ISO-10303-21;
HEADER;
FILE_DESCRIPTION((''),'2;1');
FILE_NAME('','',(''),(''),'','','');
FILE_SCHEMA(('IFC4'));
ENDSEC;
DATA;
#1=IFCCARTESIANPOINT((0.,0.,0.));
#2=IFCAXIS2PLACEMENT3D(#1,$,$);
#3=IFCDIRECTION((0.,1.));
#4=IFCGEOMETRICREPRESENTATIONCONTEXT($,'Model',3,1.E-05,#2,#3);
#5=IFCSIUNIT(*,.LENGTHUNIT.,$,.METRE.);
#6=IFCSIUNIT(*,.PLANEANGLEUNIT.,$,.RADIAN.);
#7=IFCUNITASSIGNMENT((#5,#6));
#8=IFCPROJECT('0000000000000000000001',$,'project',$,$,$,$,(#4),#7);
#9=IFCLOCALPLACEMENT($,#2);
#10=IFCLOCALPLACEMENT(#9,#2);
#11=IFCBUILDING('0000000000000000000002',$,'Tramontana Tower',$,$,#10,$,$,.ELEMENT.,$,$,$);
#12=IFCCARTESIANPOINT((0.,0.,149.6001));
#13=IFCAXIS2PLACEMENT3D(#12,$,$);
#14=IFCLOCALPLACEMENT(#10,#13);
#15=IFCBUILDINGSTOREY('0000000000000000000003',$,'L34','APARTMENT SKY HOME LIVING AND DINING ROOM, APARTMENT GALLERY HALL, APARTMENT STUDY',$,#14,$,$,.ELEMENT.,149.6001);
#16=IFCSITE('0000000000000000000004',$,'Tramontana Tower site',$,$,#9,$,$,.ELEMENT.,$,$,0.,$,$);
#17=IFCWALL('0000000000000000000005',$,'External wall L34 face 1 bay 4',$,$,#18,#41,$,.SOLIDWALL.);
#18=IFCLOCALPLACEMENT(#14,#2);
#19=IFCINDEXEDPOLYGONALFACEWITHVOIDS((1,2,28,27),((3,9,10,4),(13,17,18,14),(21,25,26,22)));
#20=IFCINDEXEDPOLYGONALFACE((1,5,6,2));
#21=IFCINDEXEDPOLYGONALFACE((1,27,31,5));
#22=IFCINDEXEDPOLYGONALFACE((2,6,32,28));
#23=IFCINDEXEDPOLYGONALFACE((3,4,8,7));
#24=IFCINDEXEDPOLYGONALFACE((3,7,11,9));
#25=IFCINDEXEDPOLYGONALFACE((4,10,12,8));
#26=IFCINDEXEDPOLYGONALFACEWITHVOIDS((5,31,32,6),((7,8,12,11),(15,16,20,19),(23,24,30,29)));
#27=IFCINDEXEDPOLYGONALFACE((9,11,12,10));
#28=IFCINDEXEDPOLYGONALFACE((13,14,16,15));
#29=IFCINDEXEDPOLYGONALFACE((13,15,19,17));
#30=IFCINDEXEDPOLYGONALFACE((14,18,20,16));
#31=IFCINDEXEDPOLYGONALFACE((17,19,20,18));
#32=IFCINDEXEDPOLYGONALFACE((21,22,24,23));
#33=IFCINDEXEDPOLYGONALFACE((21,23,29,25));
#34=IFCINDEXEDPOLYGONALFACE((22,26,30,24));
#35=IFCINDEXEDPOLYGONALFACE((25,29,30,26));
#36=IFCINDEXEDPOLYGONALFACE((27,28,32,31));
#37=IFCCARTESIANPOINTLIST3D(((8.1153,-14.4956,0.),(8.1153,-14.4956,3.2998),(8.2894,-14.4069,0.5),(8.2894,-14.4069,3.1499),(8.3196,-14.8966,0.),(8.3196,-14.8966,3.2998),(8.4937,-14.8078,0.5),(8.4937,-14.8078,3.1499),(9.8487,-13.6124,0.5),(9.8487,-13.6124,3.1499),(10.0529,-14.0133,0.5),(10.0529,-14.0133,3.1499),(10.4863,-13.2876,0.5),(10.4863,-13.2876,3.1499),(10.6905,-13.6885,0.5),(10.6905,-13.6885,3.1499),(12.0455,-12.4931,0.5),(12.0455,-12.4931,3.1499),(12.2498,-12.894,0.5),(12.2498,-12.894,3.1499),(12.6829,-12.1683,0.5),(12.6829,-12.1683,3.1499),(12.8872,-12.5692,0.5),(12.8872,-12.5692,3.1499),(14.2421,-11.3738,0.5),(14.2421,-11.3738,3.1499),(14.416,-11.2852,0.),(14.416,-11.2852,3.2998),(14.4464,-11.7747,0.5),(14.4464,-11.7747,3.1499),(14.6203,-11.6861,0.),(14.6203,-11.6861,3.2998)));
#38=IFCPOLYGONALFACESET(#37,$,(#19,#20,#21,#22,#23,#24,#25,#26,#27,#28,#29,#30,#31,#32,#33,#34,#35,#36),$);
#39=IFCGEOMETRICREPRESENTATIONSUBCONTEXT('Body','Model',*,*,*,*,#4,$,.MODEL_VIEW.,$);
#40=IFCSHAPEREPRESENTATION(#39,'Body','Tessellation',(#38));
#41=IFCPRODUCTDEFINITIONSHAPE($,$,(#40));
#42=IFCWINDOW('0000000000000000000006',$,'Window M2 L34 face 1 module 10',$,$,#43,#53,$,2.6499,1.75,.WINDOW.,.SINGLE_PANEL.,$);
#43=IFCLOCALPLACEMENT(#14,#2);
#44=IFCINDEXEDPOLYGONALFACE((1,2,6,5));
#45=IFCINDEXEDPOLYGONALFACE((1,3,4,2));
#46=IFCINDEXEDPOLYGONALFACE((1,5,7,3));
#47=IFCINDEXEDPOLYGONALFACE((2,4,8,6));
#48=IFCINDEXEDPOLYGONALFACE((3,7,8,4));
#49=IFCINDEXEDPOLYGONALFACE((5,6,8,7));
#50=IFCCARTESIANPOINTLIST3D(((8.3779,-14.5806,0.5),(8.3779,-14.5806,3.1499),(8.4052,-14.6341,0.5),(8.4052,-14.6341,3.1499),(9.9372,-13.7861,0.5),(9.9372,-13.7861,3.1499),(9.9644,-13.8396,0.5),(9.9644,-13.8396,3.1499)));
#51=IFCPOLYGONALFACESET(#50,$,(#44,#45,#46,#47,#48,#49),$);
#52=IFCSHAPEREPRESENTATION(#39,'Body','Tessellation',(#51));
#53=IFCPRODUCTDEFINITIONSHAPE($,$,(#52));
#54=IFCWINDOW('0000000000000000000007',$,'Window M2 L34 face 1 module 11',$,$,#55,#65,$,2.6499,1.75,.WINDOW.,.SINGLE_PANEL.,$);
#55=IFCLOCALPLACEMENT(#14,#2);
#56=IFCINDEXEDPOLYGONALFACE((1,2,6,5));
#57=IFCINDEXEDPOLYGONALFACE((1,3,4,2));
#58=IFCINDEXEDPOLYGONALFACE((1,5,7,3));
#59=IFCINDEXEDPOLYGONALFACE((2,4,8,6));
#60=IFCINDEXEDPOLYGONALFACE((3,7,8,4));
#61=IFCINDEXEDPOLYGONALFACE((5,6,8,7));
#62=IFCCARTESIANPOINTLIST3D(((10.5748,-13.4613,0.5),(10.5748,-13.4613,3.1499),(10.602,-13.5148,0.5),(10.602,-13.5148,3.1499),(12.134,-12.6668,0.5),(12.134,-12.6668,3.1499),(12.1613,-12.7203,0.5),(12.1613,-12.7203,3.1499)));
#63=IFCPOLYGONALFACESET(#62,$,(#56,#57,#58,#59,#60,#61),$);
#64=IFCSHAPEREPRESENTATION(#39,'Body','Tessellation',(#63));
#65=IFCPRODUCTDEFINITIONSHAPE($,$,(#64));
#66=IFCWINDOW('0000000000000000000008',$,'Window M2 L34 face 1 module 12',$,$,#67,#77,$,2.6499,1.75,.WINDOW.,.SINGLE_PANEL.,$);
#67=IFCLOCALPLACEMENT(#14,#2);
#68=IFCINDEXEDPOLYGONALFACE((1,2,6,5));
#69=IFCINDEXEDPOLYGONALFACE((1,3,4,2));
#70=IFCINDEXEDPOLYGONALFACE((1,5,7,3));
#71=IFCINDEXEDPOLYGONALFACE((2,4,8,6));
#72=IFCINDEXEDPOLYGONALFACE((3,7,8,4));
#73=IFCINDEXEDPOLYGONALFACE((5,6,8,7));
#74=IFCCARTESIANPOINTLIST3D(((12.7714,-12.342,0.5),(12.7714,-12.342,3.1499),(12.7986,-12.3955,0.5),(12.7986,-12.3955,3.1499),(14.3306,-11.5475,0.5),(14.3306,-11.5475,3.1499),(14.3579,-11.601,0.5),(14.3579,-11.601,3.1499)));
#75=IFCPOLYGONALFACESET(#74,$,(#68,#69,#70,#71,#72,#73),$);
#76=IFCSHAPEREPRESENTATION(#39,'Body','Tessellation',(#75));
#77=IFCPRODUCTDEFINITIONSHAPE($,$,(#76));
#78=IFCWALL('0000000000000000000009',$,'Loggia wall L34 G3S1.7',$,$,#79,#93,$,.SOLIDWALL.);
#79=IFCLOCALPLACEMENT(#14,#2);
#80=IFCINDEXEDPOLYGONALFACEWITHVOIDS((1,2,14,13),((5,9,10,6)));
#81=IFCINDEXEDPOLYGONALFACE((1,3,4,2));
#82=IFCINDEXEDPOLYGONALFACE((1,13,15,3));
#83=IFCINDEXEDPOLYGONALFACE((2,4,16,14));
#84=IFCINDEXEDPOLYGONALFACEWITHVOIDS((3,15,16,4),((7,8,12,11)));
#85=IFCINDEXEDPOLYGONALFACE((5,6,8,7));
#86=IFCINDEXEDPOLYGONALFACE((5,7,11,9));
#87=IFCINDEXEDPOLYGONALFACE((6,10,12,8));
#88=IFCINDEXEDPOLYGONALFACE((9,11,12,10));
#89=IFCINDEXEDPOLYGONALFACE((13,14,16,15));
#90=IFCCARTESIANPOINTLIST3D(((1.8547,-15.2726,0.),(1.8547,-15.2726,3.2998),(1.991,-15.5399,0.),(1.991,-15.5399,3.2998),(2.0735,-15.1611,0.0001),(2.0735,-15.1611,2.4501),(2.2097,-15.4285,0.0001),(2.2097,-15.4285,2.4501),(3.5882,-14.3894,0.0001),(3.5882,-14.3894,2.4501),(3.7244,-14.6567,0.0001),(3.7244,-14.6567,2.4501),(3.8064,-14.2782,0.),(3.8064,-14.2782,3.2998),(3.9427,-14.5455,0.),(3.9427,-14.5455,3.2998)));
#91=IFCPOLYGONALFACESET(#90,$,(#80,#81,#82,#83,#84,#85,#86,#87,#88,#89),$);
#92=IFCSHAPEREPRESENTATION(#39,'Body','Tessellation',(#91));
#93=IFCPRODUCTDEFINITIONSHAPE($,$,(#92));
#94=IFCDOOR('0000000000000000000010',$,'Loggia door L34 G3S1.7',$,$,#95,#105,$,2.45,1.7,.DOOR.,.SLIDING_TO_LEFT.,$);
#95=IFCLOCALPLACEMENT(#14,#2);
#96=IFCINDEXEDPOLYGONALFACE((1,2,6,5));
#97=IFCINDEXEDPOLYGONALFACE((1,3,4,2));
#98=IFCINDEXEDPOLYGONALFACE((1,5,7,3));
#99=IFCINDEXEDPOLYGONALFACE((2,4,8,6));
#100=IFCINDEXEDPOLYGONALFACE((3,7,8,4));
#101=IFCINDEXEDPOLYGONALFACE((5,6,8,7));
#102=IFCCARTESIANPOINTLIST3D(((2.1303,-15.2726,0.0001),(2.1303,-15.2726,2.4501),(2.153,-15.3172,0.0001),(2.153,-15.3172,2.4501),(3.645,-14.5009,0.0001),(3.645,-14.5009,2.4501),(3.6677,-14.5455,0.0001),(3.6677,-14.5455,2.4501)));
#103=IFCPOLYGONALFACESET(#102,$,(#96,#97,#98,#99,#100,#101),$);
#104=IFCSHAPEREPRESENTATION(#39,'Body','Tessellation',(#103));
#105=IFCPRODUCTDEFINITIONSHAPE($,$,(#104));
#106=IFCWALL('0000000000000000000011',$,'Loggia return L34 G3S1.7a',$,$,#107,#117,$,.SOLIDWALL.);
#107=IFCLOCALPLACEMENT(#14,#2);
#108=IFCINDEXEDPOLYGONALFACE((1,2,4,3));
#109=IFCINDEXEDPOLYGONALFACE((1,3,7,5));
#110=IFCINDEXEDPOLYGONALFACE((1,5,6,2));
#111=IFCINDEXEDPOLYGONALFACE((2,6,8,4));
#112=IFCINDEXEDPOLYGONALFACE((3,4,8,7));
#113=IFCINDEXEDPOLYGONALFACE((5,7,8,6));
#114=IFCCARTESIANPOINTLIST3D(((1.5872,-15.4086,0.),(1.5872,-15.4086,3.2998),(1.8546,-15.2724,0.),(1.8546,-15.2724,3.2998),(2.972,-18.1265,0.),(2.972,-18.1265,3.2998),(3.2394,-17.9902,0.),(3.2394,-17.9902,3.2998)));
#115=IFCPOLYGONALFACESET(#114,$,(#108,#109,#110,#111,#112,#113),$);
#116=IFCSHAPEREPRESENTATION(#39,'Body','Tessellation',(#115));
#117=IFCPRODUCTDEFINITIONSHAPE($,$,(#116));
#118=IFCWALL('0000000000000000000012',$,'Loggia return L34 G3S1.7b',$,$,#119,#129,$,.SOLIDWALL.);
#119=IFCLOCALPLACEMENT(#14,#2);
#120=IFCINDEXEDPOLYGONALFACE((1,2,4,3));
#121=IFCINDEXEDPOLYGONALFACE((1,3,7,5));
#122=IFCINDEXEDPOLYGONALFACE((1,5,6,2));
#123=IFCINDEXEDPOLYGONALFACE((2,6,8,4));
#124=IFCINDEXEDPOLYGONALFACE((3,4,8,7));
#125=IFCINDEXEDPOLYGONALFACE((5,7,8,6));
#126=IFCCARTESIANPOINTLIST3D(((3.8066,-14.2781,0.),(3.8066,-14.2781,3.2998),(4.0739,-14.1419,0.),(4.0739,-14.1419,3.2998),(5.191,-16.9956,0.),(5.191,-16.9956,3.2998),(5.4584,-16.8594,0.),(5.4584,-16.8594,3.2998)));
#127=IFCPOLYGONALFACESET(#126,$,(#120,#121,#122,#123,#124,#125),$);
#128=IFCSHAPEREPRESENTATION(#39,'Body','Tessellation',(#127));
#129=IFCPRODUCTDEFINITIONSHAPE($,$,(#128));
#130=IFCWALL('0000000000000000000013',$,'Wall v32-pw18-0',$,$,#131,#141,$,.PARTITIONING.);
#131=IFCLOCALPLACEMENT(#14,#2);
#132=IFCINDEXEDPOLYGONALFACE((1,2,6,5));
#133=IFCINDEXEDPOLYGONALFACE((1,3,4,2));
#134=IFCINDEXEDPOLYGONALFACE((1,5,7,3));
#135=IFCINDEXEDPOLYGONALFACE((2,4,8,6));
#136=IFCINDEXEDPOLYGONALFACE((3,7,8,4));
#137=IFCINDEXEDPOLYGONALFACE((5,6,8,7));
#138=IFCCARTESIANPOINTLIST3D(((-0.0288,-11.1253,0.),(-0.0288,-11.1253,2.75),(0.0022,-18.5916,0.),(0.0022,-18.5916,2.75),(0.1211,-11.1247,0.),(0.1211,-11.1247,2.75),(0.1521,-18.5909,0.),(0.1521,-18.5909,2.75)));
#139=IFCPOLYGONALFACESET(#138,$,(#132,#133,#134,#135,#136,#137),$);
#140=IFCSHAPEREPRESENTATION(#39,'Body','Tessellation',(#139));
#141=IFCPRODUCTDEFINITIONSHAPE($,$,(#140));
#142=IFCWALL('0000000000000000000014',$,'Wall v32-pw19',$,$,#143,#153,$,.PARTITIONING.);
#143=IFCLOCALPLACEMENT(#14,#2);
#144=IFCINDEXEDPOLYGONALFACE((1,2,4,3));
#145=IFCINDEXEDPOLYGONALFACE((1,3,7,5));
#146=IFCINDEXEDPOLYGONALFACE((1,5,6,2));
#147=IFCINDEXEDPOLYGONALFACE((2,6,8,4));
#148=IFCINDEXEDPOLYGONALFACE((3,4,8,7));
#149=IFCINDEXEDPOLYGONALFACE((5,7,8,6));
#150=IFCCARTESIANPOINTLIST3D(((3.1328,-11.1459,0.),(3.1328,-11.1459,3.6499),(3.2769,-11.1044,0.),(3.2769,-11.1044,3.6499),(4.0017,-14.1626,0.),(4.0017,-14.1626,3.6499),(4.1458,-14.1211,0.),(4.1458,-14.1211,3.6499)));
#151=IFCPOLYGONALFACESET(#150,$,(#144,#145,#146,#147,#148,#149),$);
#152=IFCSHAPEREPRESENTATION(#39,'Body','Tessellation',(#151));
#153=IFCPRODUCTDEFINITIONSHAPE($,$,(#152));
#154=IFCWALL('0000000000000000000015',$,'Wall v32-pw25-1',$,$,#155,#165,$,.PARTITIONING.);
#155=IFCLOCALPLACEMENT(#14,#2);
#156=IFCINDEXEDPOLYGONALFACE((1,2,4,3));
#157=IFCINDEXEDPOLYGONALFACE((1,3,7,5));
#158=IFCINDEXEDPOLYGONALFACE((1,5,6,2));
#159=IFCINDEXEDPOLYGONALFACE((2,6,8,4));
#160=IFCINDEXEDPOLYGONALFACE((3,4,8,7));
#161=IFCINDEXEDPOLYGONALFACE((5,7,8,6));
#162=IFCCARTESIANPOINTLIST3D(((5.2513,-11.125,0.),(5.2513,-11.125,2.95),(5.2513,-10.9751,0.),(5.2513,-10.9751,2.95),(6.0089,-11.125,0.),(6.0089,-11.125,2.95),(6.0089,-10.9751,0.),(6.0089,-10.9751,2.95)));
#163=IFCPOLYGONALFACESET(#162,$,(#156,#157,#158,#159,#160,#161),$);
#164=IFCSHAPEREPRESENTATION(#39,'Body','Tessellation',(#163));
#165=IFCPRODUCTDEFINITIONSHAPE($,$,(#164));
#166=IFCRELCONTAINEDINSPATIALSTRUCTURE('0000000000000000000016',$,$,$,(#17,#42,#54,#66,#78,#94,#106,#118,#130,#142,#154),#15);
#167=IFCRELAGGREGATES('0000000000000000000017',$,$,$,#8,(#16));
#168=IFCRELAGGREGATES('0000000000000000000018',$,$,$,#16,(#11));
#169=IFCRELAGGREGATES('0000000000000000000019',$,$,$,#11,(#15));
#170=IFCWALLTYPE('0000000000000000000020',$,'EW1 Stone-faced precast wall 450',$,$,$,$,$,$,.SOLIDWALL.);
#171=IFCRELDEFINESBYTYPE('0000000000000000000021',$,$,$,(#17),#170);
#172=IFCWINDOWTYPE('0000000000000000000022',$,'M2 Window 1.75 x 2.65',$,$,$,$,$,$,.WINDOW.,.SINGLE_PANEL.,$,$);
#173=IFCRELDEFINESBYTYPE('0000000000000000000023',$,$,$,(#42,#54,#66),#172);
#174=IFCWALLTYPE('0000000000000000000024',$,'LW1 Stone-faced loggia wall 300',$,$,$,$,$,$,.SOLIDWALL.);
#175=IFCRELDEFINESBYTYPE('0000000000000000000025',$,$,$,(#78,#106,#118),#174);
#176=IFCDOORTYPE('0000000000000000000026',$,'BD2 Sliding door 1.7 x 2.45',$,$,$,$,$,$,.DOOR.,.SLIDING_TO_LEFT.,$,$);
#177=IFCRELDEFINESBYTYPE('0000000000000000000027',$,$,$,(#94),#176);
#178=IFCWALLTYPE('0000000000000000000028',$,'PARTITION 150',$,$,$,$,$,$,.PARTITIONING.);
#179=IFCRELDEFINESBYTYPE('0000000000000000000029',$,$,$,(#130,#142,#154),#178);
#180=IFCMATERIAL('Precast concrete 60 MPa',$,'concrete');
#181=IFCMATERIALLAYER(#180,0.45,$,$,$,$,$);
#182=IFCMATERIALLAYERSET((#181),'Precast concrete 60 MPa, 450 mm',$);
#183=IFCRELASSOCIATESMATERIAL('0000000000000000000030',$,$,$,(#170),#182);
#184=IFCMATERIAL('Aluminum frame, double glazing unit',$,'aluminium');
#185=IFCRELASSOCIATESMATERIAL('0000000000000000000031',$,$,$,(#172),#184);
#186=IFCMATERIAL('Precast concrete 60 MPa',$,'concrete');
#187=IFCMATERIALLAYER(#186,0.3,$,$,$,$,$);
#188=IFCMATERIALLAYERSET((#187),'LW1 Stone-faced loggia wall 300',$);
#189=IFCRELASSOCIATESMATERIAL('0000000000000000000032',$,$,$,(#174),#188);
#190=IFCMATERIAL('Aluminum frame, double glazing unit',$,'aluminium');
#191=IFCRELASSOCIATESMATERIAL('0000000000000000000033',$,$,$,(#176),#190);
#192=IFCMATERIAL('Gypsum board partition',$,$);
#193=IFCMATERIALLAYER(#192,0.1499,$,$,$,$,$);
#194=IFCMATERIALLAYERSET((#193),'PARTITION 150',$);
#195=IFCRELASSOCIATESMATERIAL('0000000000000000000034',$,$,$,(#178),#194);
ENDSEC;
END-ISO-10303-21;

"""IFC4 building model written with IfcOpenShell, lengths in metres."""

from ifc_helpers import new_model, si_unit, direction, frame, frame_2d, origin, place, context, subcontext, project, spatial, rectangle, extrude, material, layer, layer_set, type_object, element, fill, save


model = new_model("IFC4")

# Units and contexts
model_context = context("Model", 3, precision=1e-05, world=origin(), true_north=direction((0.0, 1.0)))
body_context = subcontext(model_context, "Body", "Model", "MODEL_VIEW")
ifc_project = project(units=[si_unit("LENGTHUNIT", "METRE"), si_unit("PLANEANGLEUNIT", "RADIAN")], contexts=[model_context])

# Site, building, storey
site_placement = place(None, origin())
site = spatial("IfcSite", under=ifc_project, at=site_placement, Name="Tramontana Tower site", CompositionType="ELEMENT", RefElevation=0.0)
building_placement = place(site_placement, origin())
building = spatial("IfcBuilding", under=site, at=building_placement, Name="Tramontana Tower", CompositionType="ELEMENT")
storey_placement = place(building_placement, frame((0.0, 0.0, 149.6001)))
storey = spatial("IfcBuildingStorey", under=building, at=storey_placement, Name="L34", Description="APARTMENT SKY HOME LIVING AND DINING ROOM, APARTMENT GALLERY HALL, APARTMENT STUDY", CompositionType="ELEMENT", Elevation=149.6001)

# Shared definitions
ifc_material_1 = material(Name="Precast concrete 60 MPa", Category="concrete")
ifc_layer_1 = layer(ifc_material_1, 0.45)
ifc_layer_set_1 = layer_set([ifc_layer_1], Name="Precast concrete 60 MPa, 450 mm")
wall_type_1 = type_object("IfcWallType", Name="EW1 Stone-faced precast wall 450", PredefinedType="SOLIDWALL", material=ifc_layer_set_1)
ifc_material_2 = material(Name="Aluminum frame, double glazing unit", Category="aluminium")
window_type = type_object("IfcWindowType", Name="M2 Window 1.75 x 2.65", PartitioningType="SINGLE_PANEL", PredefinedType="WINDOW", material=ifc_material_2)

# Wall, openings, windows
wall_1_placement = place(storey_placement, frame((8.2175, -14.696, 0.0), z_axis=(0.0, 0.0, 1.0), x_axis=(0.891004, 0.453995, 0.0)))
wall_1 = element("IfcWall", 1, at=wall_1_placement, inside=storey, type_object=wall_type_1, Name="External wall L34 face 1 bay 4", PredefinedType="SOLIDWALL", context=body_context, shape_type="SweptSolid", body=[
    extrude(rectangle(XDim=7.0715, YDim=0.45, at=frame_2d((3.5356, 0.0))), origin(), (0.0, 0.0, 1.0), 3.2998),
])
opening_1_placement = place(wall_1_placement, frame((0.1953, 0.0, 0.5)))
opening_1 = element("IfcOpeningElement", 2, at=opening_1_placement, cuts=wall_1, PredefinedType="OPENING", context=body_context, shape_type="SweptSolid", body=[
    extrude(rectangle(XDim=1.75, YDim=2.6499, at=frame_2d((0.875, 1.325))), frame((0.0, 0.2349, 0.0), z_axis=(0.0, -1.0, 0.0), x_axis=(1.0, 0.0, 0.0)), (0.0, 0.0, 1.0), 0.47),
])
opening_2_placement = place(wall_1_placement, frame((2.6609, 0.0, 0.5)))
opening_2 = element("IfcOpeningElement", 3, at=opening_2_placement, cuts=wall_1, PredefinedType="OPENING", context=body_context, shape_type="SweptSolid", body=[
    extrude(rectangle(XDim=1.75, YDim=2.6499, at=frame_2d((0.875, 1.325))), frame((0.0, 0.2349, 0.0), z_axis=(0.0, -1.0, 0.0), x_axis=(1.0, 0.0, 0.0)), (0.0, 0.0, 1.0), 0.47),
])
opening_3_placement = place(wall_1_placement, frame((5.1262, 0.0, 0.5)))
opening_3 = element("IfcOpeningElement", 4, at=opening_3_placement, cuts=wall_1, PredefinedType="OPENING", context=body_context, shape_type="SweptSolid", body=[
    extrude(rectangle(XDim=1.75, YDim=2.6499, at=frame_2d((0.875, 1.325))), frame((0.0, 0.2349, 0.0), z_axis=(0.0, -1.0, 0.0), x_axis=(1.0, 0.0, 0.0)), (0.0, 0.0, 1.0), 0.47),
])
window_1_placement = place(opening_1_placement, origin())
window_1 = element("IfcWindow", 5, at=window_1_placement, inside=storey, type_object=window_type, Name="Window M2 L34 face 1 module 10", OverallHeight=2.6499, OverallWidth=1.75, PartitioningType="SINGLE_PANEL", PredefinedType="WINDOW", context=body_context, shape_type="SweptSolid", body=[
    extrude(rectangle(XDim=1.75, YDim=2.6499, at=frame_2d((0.875, 1.325))), frame((0.0, 0.03, 0.0), z_axis=(0.0, -1.0, 0.0), x_axis=(1.0, 0.0, 0.0)), (0.0, 0.0, 1.0), 0.0601),
])
fill(opening_1, window_1)
window_2_placement = place(opening_2_placement, origin())
window_2 = element("IfcWindow", 6, at=window_2_placement, inside=storey, type_object=window_type, Name="Window M2 L34 face 1 module 11", OverallHeight=2.6499, OverallWidth=1.75, PartitioningType="SINGLE_PANEL", PredefinedType="WINDOW", context=body_context, shape_type="SweptSolid", body=[
    extrude(rectangle(XDim=1.75, YDim=2.6499, at=frame_2d((0.875, 1.325))), frame((0.0, 0.03, 0.0), z_axis=(0.0, -1.0, 0.0), x_axis=(1.0, 0.0, 0.0)), (0.0, 0.0, 1.0), 0.0601),
])
fill(opening_2, window_2)
window_3_placement = place(opening_3_placement, origin())
window_3 = element("IfcWindow", 7, at=window_3_placement, inside=storey, type_object=window_type, Name="Window M2 L34 face 1 module 12", OverallHeight=2.6499, OverallWidth=1.75, PartitioningType="SINGLE_PANEL", PredefinedType="WINDOW", context=body_context, shape_type="SweptSolid", body=[
    extrude(rectangle(XDim=1.75, YDim=2.6499, at=frame_2d((0.875, 1.325))), frame((0.0, 0.03, 0.0), z_axis=(0.0, -1.0, 0.0), x_axis=(1.0, 0.0, 0.0)), (0.0, 0.0, 1.0), 0.0601),
])
fill(opening_3, window_3)

# Wall, opening, door
ifc_material_3 = material(Name="Precast concrete 60 MPa", Category="concrete")
ifc_layer_2 = layer(ifc_material_3, 0.3)
ifc_layer_set_2 = layer_set([ifc_layer_2], Name="LW1 Stone-faced loggia wall 300")
wall_type_2 = type_object("IfcWallType", Name="LW1 Stone-faced loggia wall 300", PredefinedType="SOLIDWALL", material=ifc_layer_set_2)
wall_2_placement = place(storey_placement, frame((1.9229, -15.4062, 0.0), z_axis=(0.0, 0.0, 1.0), x_axis=(0.891013, 0.453978, 0.0)))
wall_2 = element("IfcWall", 8, at=wall_2_placement, inside=storey, type_object=wall_type_2, Name="Loggia wall L34 G3S1.7", PredefinedType="SOLIDWALL", context=body_context, shape_type="SweptSolid", body=[
    extrude(rectangle(XDim=2.1904, YDim=0.3, at=frame_2d((1.0952, 0.0))), origin(), (0.0, 0.0, 1.0), 3.2998),
])
opening_4_placement = place(wall_2_placement, frame((0.2454, 0.0, 0.0)))
opening_4 = element("IfcOpeningElement", 9, at=opening_4_placement, cuts=wall_2, PredefinedType="OPENING", context=body_context, shape_type="SweptSolid", body=[
    extrude(rectangle(XDim=1.7, YDim=2.45, at=frame_2d((0.8501, 1.2251))), frame((0.0, 0.1599, 0.0), z_axis=(0.0, -1.0, 0.0), x_axis=(1.0, 0.0, 0.0)), (0.0, 0.0, 1.0), 0.3201),
])
ifc_material_4 = material(Name="Aluminum frame, double glazing unit", Category="aluminium")
door_type_1 = type_object("IfcDoorType", Name="BD2 Sliding door 1.7 x 2.45", OperationType="SLIDING_TO_LEFT", PredefinedType="DOOR", material=ifc_material_4)
door_1_placement = place(opening_4_placement, origin())
door_1 = element("IfcDoor", 10, at=door_1_placement, inside=storey, type_object=door_type_1, Name="Loggia door L34 G3S1.7", OperationType="SLIDING_TO_LEFT", OverallHeight=2.45, OverallWidth=1.7, PredefinedType="DOOR", context=body_context, shape_type="SweptSolid", body=[
    extrude(rectangle(XDim=1.7, YDim=2.45, at=frame_2d((0.8501, 1.2251))), frame((0.0, 0.0249, 0.0), z_axis=(0.0, -1.0, 0.0), x_axis=(1.0, 0.0, 0.0)), (0.0, 0.0, 1.0), 0.05),
])
fill(opening_4, door_1)

# Walls
wall_3_placement = place(storey_placement, frame((3.1057, -18.0583, 0.0), z_axis=(0.0, 0.0, 1.0), x_axis=(-0.453988, 0.891008, 0.0)))
element("IfcWall", 11, at=wall_3_placement, inside=storey, type_object=wall_type_2, Name="Loggia return L34 G3S1.7a", PredefinedType="SOLIDWALL", context=body_context, shape_type="SweptSolid", body=[
    extrude(rectangle(XDim=3.0503, YDim=0.3, at=frame_2d((1.5251, 0.0))), origin(), (0.0, 0.0, 1.0), 3.2998),
])
wall_4_placement = place(storey_placement, frame((5.3247, -16.9275, 0.0), z_axis=(0.0, 0.0, 1.0), x_axis=(-0.453957, 0.891024, 0.0)))
element("IfcWall", 12, at=wall_4_placement, inside=storey, type_object=wall_type_2, Name="Loggia return L34 G3S1.7b", PredefinedType="SOLIDWALL", context=body_context, shape_type="SweptSolid", body=[
    extrude(rectangle(XDim=3.0498, YDim=0.3, at=frame_2d((1.5249, 0.0))), origin(), (0.0, 0.0, 1.0), 3.2998),
])
ifc_material_5 = material(Name="Gypsum board partition")
ifc_layer_3 = layer(ifc_material_5, 0.1499)
ifc_layer_set_3 = layer_set([ifc_layer_3], Name="PARTITION 150")
wall_type_3 = type_object("IfcWallType", Name="PARTITION 150", PredefinedType="PARTITIONING", material=ifc_layer_set_3)
wall_5_placement = place(storey_placement, frame((0.0461, -11.125, 0.0), z_axis=(0.0, 0.0, 1.0), x_axis=(0.004153, -0.999991, 0.0)))
element("IfcWall", 13, at=wall_5_placement, inside=storey, type_object=wall_type_3, Name="Wall v32-pw18-0", PredefinedType="PARTITIONING", context=body_context, shape_type="SweptSolid", body=[
    extrude(rectangle(XDim=7.4663, YDim=0.1499, at=frame_2d((3.7332, 0.0))), origin(), (0.0, 0.0, 1.0), 2.75),
])
wall_6_placement = place(storey_placement, frame((3.2048, -11.125, 0.0), z_axis=(0.0, 0.0, 1.0), x_axis=(0.276764, -0.960938, 0.0)))
element("IfcWall", 14, at=wall_6_placement, inside=storey, type_object=wall_type_3, Name="Wall v32-pw19", PredefinedType="PARTITIONING", context=body_context, shape_type="SweptSolid", body=[
    extrude(rectangle(XDim=3.1394, YDim=0.1499, at=frame_2d((1.5698, 0.0))), origin(), (0.0, 0.0, 1.0), 3.6499),
])
wall_7_placement = place(storey_placement, frame((6.009, -11.05, 0.0), z_axis=(0.0, 0.0, 1.0), x_axis=(-1.0, 0.0, 0.0)))
element("IfcWall", 15, at=wall_7_placement, inside=storey, type_object=wall_type_3, Name="Wall v32-pw25-1", PredefinedType="PARTITIONING", context=body_context, shape_type="SweptSolid", body=[
    extrude(rectangle(XDim=0.7576, YDim=0.1499, at=frame_2d((0.3789, 0.0))), origin(), (0.0, 0.0, 1.0), 2.95),
])

save(model, "model.ifc")
